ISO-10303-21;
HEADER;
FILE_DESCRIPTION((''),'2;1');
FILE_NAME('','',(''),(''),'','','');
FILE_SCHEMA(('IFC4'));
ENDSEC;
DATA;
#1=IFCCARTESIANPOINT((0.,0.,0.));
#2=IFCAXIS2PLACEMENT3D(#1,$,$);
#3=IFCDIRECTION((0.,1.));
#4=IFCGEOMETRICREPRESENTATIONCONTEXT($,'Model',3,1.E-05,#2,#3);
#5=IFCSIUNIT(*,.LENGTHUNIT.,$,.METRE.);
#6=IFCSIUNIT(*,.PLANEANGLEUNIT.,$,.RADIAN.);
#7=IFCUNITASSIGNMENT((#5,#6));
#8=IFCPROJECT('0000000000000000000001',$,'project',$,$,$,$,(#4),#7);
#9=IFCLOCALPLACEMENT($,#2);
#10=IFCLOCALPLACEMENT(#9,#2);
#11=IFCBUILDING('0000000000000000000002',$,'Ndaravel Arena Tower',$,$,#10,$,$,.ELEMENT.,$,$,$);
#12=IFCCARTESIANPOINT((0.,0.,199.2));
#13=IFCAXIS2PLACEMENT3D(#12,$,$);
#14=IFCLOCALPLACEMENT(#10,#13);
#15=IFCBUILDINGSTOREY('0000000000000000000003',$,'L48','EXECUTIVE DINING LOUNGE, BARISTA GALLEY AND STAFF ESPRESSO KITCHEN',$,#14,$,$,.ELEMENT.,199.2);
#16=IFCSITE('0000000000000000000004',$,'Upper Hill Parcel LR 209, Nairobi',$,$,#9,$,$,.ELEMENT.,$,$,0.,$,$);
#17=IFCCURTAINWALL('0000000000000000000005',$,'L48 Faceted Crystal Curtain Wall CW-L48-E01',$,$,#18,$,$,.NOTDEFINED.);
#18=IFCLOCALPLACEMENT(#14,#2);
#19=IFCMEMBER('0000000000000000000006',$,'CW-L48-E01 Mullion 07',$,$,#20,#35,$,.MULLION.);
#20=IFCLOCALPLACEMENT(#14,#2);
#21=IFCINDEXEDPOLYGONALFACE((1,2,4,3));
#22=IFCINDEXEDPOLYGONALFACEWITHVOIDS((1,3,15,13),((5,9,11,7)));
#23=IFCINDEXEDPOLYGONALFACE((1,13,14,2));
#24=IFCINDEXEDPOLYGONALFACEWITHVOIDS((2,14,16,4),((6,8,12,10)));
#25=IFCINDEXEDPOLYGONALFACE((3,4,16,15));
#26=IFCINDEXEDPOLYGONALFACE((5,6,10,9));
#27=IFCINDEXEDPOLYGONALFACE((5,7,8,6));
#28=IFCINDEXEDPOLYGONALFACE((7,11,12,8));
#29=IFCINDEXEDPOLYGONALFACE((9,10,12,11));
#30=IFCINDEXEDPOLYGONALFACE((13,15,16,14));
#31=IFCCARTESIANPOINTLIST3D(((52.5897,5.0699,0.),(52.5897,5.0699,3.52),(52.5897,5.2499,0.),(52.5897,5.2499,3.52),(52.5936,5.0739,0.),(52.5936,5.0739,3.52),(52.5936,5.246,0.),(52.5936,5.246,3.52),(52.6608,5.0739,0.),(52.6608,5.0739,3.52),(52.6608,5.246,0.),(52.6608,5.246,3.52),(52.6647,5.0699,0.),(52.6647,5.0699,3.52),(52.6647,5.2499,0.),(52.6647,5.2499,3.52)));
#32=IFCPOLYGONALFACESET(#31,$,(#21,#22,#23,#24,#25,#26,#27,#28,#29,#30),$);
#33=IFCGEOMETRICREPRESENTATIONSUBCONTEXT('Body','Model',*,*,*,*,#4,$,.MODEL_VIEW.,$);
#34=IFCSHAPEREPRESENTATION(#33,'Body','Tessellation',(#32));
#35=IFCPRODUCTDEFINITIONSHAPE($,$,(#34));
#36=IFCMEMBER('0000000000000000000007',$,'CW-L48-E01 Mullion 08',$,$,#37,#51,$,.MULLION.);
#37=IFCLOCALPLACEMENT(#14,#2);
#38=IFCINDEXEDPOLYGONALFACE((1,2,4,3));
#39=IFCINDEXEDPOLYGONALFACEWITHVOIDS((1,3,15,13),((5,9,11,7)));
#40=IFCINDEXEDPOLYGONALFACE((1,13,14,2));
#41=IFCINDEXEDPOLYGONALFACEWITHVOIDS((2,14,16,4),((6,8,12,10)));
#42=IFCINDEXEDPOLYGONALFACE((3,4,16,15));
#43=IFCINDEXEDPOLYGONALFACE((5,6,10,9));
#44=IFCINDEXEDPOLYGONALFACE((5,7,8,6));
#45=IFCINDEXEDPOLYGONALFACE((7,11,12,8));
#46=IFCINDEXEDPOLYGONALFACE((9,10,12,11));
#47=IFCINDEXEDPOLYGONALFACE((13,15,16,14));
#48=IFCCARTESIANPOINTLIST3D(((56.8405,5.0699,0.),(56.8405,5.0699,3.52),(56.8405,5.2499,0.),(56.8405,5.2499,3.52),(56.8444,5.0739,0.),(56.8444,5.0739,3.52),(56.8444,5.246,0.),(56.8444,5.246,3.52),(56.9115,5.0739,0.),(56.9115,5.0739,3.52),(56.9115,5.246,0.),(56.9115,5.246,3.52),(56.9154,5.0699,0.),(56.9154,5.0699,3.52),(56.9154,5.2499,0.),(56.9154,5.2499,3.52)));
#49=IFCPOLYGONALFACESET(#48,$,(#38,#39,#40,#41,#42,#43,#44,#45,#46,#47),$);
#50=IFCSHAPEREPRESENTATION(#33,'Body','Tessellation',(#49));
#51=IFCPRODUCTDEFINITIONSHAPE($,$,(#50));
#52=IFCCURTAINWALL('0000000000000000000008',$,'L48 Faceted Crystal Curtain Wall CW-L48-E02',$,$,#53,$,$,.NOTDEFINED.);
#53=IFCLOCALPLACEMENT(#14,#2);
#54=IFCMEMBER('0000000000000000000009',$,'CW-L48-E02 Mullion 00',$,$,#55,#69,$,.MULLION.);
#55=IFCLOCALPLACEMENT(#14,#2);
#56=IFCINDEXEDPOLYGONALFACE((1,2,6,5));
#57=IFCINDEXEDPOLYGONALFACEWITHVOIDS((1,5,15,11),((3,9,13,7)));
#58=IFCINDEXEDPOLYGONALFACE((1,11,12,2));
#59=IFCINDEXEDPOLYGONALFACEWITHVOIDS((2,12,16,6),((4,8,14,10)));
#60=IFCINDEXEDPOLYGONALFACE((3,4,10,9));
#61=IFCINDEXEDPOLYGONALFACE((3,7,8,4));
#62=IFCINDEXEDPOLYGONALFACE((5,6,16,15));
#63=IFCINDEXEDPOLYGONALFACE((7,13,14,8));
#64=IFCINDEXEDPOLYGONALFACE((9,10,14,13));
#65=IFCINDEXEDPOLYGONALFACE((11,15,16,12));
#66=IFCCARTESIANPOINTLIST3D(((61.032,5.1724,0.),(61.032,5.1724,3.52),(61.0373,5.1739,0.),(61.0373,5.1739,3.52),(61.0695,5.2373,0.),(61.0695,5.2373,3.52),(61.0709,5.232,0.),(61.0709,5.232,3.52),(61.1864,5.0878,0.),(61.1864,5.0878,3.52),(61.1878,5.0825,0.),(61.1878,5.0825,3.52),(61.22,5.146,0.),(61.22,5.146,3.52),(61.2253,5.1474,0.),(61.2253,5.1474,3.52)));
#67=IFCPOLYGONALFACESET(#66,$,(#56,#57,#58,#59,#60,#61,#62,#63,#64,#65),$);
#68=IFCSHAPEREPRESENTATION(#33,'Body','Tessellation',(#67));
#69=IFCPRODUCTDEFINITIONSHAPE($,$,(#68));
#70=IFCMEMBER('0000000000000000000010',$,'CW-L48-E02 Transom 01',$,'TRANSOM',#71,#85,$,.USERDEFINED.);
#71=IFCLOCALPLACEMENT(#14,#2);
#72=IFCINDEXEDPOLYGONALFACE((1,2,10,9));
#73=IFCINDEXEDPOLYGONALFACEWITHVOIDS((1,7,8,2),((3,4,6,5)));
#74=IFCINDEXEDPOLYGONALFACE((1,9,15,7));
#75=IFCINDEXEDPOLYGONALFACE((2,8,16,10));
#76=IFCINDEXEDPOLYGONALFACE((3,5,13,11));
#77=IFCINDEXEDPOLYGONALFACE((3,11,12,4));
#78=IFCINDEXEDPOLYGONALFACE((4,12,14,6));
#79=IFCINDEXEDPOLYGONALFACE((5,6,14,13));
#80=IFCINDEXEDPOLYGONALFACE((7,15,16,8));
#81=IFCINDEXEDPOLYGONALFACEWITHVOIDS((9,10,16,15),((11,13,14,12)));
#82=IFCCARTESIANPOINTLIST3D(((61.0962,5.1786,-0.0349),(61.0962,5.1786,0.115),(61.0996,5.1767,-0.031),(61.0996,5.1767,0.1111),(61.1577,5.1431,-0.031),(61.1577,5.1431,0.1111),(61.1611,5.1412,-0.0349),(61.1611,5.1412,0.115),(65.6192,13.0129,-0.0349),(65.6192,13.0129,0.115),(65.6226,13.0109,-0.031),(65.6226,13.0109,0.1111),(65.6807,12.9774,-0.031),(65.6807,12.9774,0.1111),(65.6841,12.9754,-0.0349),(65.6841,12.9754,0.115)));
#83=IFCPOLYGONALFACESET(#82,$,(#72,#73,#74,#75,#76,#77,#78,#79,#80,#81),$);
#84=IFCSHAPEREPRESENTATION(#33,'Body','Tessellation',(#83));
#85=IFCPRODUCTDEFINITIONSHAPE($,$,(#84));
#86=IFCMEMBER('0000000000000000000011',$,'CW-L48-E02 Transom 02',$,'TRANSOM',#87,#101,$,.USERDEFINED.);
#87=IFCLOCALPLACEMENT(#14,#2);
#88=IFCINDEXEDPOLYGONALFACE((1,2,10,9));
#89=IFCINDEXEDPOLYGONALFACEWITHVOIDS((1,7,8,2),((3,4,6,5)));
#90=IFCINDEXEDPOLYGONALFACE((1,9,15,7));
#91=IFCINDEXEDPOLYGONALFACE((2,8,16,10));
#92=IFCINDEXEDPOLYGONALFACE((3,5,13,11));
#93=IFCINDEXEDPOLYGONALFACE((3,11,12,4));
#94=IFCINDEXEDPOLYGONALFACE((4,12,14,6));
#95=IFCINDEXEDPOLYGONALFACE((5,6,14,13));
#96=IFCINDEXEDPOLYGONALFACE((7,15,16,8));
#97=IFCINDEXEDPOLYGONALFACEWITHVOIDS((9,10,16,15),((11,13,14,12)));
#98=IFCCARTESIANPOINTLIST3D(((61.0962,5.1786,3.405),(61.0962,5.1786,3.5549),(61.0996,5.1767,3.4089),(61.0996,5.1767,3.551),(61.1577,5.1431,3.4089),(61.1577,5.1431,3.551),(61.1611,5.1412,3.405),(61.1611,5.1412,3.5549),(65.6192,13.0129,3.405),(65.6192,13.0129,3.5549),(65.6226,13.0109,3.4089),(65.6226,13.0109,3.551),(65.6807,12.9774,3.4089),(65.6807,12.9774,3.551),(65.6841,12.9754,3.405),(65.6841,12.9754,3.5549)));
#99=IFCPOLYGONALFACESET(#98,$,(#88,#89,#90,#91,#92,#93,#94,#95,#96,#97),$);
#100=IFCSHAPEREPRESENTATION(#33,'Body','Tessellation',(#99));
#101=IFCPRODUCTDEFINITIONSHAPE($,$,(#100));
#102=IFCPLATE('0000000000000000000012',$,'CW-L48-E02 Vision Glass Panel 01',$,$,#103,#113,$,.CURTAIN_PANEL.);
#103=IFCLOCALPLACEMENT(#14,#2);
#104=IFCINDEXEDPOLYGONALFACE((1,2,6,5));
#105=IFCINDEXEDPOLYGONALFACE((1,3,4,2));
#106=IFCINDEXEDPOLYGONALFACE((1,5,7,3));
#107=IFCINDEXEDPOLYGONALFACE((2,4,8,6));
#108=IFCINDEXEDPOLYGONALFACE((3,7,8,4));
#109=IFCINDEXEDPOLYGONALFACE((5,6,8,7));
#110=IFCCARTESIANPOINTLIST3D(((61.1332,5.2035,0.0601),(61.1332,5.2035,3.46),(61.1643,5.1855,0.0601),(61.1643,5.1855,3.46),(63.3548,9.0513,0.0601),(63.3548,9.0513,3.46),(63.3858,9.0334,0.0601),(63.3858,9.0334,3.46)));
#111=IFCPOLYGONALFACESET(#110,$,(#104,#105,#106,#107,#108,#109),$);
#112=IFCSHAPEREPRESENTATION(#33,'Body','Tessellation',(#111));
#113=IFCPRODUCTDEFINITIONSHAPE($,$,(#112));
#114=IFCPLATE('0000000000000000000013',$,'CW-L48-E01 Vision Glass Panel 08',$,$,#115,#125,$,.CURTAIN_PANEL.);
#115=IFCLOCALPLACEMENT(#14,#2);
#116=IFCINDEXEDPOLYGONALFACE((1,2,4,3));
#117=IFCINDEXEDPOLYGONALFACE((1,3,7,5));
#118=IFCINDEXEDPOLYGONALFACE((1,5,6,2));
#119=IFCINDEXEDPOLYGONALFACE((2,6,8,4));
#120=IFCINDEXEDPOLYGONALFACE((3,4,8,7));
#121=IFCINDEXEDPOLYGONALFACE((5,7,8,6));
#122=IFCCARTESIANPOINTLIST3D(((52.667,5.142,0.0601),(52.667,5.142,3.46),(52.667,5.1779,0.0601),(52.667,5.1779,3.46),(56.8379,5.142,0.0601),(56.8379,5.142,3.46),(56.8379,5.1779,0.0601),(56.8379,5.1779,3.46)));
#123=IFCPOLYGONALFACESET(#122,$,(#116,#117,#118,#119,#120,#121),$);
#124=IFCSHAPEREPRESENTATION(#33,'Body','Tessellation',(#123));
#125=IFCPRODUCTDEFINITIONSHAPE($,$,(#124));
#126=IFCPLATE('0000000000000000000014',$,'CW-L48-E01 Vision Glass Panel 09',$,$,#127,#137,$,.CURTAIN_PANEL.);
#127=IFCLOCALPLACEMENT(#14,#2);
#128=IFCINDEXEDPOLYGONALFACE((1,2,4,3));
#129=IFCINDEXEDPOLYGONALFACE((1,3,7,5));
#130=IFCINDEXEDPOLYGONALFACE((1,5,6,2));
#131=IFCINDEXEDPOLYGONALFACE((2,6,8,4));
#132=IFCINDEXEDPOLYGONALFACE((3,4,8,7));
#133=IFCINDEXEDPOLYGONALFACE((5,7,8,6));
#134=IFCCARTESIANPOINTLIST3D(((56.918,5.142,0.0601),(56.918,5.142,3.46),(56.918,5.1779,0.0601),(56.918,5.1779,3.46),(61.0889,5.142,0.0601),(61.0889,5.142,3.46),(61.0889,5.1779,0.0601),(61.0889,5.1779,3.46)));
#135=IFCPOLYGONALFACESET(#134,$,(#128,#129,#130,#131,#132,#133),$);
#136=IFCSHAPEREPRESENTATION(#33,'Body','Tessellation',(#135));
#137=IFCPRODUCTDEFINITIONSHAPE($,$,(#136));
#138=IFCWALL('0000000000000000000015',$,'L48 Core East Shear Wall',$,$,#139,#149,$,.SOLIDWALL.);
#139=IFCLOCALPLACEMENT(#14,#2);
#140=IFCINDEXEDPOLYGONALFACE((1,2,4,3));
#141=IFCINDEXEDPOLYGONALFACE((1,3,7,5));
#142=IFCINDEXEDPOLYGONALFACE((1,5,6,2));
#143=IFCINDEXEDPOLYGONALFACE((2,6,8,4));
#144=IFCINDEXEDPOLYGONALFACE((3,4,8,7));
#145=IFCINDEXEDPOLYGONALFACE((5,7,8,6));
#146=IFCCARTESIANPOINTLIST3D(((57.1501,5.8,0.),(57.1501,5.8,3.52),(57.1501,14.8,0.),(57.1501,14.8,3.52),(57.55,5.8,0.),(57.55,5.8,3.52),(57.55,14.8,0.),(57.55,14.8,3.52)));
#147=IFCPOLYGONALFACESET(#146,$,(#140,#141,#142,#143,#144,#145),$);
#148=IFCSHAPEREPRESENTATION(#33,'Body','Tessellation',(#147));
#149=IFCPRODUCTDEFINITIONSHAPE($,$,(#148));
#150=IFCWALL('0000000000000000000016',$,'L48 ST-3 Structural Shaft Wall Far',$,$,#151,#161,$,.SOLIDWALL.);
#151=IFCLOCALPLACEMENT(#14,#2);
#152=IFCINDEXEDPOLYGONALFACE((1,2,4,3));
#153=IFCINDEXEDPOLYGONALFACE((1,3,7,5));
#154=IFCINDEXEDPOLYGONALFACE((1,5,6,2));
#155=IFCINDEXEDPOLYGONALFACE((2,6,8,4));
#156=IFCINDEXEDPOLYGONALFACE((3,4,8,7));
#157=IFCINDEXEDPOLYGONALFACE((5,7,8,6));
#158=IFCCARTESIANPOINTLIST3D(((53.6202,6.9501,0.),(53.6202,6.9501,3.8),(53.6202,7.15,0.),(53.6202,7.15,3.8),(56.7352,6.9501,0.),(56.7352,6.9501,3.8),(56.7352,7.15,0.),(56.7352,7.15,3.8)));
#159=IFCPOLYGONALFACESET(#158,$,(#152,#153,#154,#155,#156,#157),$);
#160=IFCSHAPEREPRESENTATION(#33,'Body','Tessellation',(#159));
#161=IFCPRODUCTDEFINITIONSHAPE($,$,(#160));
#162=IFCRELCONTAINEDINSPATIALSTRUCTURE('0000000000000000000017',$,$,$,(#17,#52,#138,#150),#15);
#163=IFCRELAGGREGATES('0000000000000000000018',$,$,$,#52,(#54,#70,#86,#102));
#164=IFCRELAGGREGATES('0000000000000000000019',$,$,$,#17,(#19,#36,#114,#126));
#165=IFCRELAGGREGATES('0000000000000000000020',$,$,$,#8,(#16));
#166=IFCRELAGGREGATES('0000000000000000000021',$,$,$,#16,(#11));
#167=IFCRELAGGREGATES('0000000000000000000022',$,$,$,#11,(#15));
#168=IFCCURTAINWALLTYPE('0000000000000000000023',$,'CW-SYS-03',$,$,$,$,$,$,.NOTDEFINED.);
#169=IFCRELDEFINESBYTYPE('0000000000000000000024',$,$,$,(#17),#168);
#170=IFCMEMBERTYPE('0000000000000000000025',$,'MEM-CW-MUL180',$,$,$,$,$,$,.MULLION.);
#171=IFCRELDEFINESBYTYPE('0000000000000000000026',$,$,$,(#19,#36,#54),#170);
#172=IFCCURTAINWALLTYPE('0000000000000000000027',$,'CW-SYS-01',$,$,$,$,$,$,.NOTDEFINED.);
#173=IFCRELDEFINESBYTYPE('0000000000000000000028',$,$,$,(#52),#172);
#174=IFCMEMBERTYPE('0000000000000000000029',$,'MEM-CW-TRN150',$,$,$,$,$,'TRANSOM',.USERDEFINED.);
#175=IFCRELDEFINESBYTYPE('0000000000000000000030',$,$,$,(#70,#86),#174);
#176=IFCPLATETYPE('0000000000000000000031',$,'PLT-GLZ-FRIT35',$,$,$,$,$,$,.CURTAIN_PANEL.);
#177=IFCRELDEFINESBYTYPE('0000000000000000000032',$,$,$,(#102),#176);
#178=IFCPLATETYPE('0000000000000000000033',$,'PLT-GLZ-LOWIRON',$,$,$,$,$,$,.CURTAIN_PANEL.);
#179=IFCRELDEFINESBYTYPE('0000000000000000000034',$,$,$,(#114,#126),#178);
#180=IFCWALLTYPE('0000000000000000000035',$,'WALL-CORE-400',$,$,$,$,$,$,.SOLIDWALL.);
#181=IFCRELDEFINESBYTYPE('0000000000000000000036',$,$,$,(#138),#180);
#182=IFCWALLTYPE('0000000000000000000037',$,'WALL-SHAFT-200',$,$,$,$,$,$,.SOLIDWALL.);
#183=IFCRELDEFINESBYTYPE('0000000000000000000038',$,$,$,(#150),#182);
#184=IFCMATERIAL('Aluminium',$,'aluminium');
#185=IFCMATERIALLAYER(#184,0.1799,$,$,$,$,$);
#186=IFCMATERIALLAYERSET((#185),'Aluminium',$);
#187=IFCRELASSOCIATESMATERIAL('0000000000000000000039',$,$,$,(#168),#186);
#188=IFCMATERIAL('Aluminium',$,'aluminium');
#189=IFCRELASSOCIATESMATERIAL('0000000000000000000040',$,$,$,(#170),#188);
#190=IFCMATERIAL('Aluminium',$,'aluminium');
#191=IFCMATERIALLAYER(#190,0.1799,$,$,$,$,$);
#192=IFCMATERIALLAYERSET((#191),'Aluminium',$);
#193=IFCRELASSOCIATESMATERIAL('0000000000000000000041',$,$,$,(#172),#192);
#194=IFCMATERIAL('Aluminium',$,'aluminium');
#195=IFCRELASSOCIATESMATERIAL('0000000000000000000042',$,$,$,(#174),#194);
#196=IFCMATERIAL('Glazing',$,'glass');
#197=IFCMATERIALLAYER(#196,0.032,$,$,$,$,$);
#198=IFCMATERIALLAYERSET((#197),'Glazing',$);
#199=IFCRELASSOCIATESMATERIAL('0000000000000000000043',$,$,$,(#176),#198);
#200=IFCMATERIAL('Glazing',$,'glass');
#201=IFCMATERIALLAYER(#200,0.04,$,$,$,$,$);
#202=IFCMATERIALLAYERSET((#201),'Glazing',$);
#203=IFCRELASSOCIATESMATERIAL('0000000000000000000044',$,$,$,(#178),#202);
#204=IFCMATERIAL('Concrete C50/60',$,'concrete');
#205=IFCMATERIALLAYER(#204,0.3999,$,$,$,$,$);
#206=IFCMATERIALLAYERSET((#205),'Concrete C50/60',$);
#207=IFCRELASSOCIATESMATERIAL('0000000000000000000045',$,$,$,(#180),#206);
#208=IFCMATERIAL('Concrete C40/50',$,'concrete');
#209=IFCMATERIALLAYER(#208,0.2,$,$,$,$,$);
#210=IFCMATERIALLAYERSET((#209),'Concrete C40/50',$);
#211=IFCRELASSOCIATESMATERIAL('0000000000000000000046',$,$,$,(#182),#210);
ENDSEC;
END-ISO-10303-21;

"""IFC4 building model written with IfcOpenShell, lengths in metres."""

from ifc_helpers import new_model, si_unit, direction, frame, frame_2d, origin, origin_2d, place, context, subcontext, project, spatial, rectangle, hollow_rectangle, extrude, material, layer, layer_set, material_profile, profile_set, type_object, element, aggregate, save


model = new_model("IFC4")

# Units and contexts
model_context = context("Model", 3, precision=1e-05, world=origin(), true_north=direction((0.0, 1.0)))
body_context = subcontext(model_context, "Body", "Model", "MODEL_VIEW")
ifc_project = project(units=[si_unit("LENGTHUNIT", "METRE"), si_unit("PLANEANGLEUNIT", "RADIAN")], contexts=[model_context])

# Site, building, storey
site_placement = place(None, origin())
site = spatial("IfcSite", under=ifc_project, at=site_placement, Name="Upper Hill Parcel LR 209, Nairobi", CompositionType="ELEMENT", RefElevation=0.0)
building_placement = place(site_placement, origin())
building = spatial("IfcBuilding", under=site, at=building_placement, Name="Ndaravel Arena Tower", CompositionType="ELEMENT")
storey_placement = place(building_placement, frame((0.0, 0.0, 199.2)))
storey = spatial("IfcBuildingStorey", under=building, at=storey_placement, Name="L48", Description="EXECUTIVE DINING LOUNGE, BARISTA GALLEY AND STAFF ESPRESSO KITCHEN", CompositionType="ELEMENT", Elevation=199.2)

# Curtain wall, members
ifc_material_1 = material(Name="Aluminium", Category="aluminium")
ifc_layer_1 = layer(ifc_material_1, 0.1799)
ifc_layer_set_1 = layer_set([ifc_layer_1], Name="Aluminium")
curtain_wall_type_1 = type_object("IfcCurtainWallType", Name="CW-SYS-03", PredefinedType="NOTDEFINED", material=ifc_layer_set_1)
curtain_wall_1_placement = place(storey_placement, origin())
curtain_wall_1 = element("IfcCurtainWall", 1, at=curtain_wall_1_placement, inside=storey, type_object=curtain_wall_type_1, Name="L48 Faceted Crystal Curtain Wall CW-L48-E01", PredefinedType="NOTDEFINED")
ifc_material_2 = material(Name="Aluminium", Category="aluminium")
ifc_material_profile_1 = material_profile(ifc_material_2, hollow_rectangle(XDim=0.075, YDim=0.1799, WallThickness=0.0039, at=origin_2d()), Name="CW MULLION 75x180x4")
ifc_profile_set_1 = profile_set([ifc_material_profile_1], Name="Aluminium")
member_type_1 = type_object("IfcMemberType", Name="MEM-CW-MUL180", PredefinedType="MULLION", material=ifc_profile_set_1)
member_1_placement = place(storey_placement, frame((52.6272, 5.1599, 0.0), z_axis=(0.0, 0.0, 1.0), x_axis=(1.0, 0.0, 0.0)))
member_1 = element("IfcMember", 2, at=member_1_placement, type_object=member_type_1, Name="CW-L48-E01 Mullion 07", PredefinedType="MULLION", context=body_context, shape_type="SweptSolid", body=[
    extrude(hollow_rectangle(XDim=0.075, YDim=0.1799, WallThickness=0.0039, at=origin_2d()), origin(), (0.0, 0.0, 1.0), 3.52),
])
member_2_placement = place(storey_placement, frame((56.8779, 5.1599, 0.0), z_axis=(0.0, 0.0, 1.0), x_axis=(1.0, 0.0, 0.0)))
member_2 = element("IfcMember", 3, at=member_2_placement, type_object=member_type_1, Name="CW-L48-E01 Mullion 08", PredefinedType="MULLION", context=body_context, shape_type="SweptSolid", body=[
    extrude(hollow_rectangle(XDim=0.075, YDim=0.1799, WallThickness=0.0039, at=origin_2d()), origin(), (0.0, 0.0, 1.0), 3.52),
])

# Curtain wall, members, plate
ifc_material_3 = material(Name="Aluminium", Category="aluminium")
ifc_layer_2 = layer(ifc_material_3, 0.1799)
ifc_layer_set_2 = layer_set([ifc_layer_2], Name="Aluminium")
curtain_wall_type_2 = type_object("IfcCurtainWallType", Name="CW-SYS-01", PredefinedType="NOTDEFINED", material=ifc_layer_set_2)
curtain_wall_2_placement = place(storey_placement, origin())
curtain_wall_2 = element("IfcCurtainWall", 4, at=curtain_wall_2_placement, inside=storey, type_object=curtain_wall_type_2, Name="L48 Faceted Crystal Curtain Wall CW-L48-E02", PredefinedType="NOTDEFINED")
member_3_placement = place(storey_placement, frame((61.1287, 5.1599, 0.0), z_axis=(0.0, 0.0, 1.0), x_axis=(0.5, 0.866025, 0.0)))
member_3 = element("IfcMember", 5, at=member_3_placement, type_object=member_type_1, Name="CW-L48-E02 Mullion 00", PredefinedType="MULLION", context=body_context, shape_type="SweptSolid", body=[
    extrude(hollow_rectangle(XDim=0.075, YDim=0.1799, WallThickness=0.0039, at=origin_2d()), origin(), (0.0, 0.0, 1.0), 3.52),
])
ifc_material_4 = material(Name="Aluminium", Category="aluminium")
ifc_material_profile_2 = material_profile(ifc_material_4, hollow_rectangle(XDim=0.075, YDim=0.1499, WallThickness=0.0039, at=origin_2d()), Name="CW TRANSOM 75x150x4")
ifc_profile_set_2 = profile_set([ifc_material_profile_2], Name="Aluminium")
member_type_2 = type_object("IfcMemberType", Name="MEM-CW-TRN150", ElementType="TRANSOM", PredefinedType="USERDEFINED", material=ifc_profile_set_2)
member_4_placement = place(storey_placement, frame((61.1287, 5.1599, 0.04), z_axis=(0.499988, 0.866032, 0.0), x_axis=(-0.866032, 0.499988, 0.0)))
member_4 = element("IfcMember", 6, at=member_4_placement, type_object=member_type_2, Name="CW-L48-E02 Transom 01", ObjectType="TRANSOM", PredefinedType="USERDEFINED", context=body_context, shape_type="SweptSolid", body=[
    extrude(hollow_rectangle(XDim=0.075, YDim=0.1499, WallThickness=0.0039, at=origin_2d()), origin(), (0.0, 0.0, 1.0), 9.0461),
])
member_5_placement = place(storey_placement, frame((61.1287, 5.1599, 3.48), z_axis=(0.499988, 0.866032, 0.0), x_axis=(-0.866032, 0.499988, 0.0)))
member_5 = element("IfcMember", 7, at=member_5_placement, type_object=member_type_2, Name="CW-L48-E02 Transom 02", ObjectType="TRANSOM", PredefinedType="USERDEFINED", context=body_context, shape_type="SweptSolid", body=[
    extrude(hollow_rectangle(XDim=0.075, YDim=0.1499, WallThickness=0.0039, at=origin_2d()), origin(), (0.0, 0.0, 1.0), 9.0461),
])
ifc_material_5 = material(Name="Glazing", Category="glass")
ifc_layer_3 = layer(ifc_material_5, 0.032)
ifc_layer_set_3 = layer_set([ifc_layer_3], Name="Glazing")
plate_type_1 = type_object("IfcPlateType", Name="PLT-GLZ-FRIT35", PredefinedType="CURTAIN_PANEL", material=ifc_layer_set_3)
plate_1_placement = place(storey_placement, frame((62.2595, 7.1184, 0.0601), z_axis=(0.0, 0.0, 1.0), x_axis=(0.5, 0.866025, 0.0)))
plate_1 = element("IfcPlate", 8, at=plate_1_placement, type_object=plate_type_1, Name="CW-L48-E02 Vision Glass Panel 01", PredefinedType="CURTAIN_PANEL", context=body_context, shape_type="SweptSolid", body=[
    extrude(rectangle(XDim=4.4431, YDim=0.0359, at=origin_2d()), origin(), (0.0, 0.0, 1.0), 3.3999),
])
aggregate(curtain_wall_2, [member_3, member_4, member_5, plate_1])

# Plates
ifc_material_6 = material(Name="Glazing", Category="glass")
ifc_layer_4 = layer(ifc_material_6, 0.04)
ifc_layer_set_4 = layer_set([ifc_layer_4], Name="Glazing")
plate_type_2 = type_object("IfcPlateType", Name="PLT-GLZ-LOWIRON", PredefinedType="CURTAIN_PANEL", material=ifc_layer_set_4)
plate_2_placement = place(storey_placement, frame((54.7524, 5.1599, 0.0601), z_axis=(0.0, 0.0, 1.0), x_axis=(1.0, 0.0, 0.0)))
plate_2 = element("IfcPlate", 9, at=plate_2_placement, type_object=plate_type_2, Name="CW-L48-E01 Vision Glass Panel 08", PredefinedType="CURTAIN_PANEL", context=body_context, shape_type="SweptSolid", body=[
    extrude(rectangle(XDim=4.1709, YDim=0.0359, at=origin_2d()), origin(), (0.0, 0.0, 1.0), 3.3999),
])
plate_3_placement = place(storey_placement, frame((59.0034, 5.1599, 0.0601), z_axis=(0.0, 0.0, 1.0), x_axis=(1.0, 0.0, 0.0)))
plate_3 = element("IfcPlate", 10, at=plate_3_placement, type_object=plate_type_2, Name="CW-L48-E01 Vision Glass Panel 09", PredefinedType="CURTAIN_PANEL", context=body_context, shape_type="SweptSolid", body=[
    extrude(rectangle(XDim=4.1709, YDim=0.0359, at=origin_2d()), origin(), (0.0, 0.0, 1.0), 3.3999),
])
aggregate(curtain_wall_1, [member_1, member_2, plate_2, plate_3])

# Walls
ifc_material_7 = material(Name="Concrete C50/60", Category="concrete")
ifc_layer_5 = layer(ifc_material_7, 0.3999)
ifc_layer_set_5 = layer_set([ifc_layer_5], Name="Concrete C50/60")
wall_type_1 = type_object("IfcWallType", Name="WALL-CORE-400", PredefinedType="SOLIDWALL", material=ifc_layer_set_5)
wall_1_placement = place(storey_placement, frame((57.3501, 5.8, 0.0), z_axis=(0.0, 0.0, 1.0), x_axis=(0.0, 1.0, 0.0)))
element("IfcWall", 11, at=wall_1_placement, inside=storey, type_object=wall_type_1, Name="L48 Core East Shear Wall", PredefinedType="SOLIDWALL", context=body_context, shape_type="SweptSolid", body=[
    extrude(rectangle(XDim=9.0, YDim=0.3999, at=frame_2d((4.5, 0.0))), origin(), (0.0, 0.0, 1.0), 3.52),
])
ifc_material_8 = material(Name="Concrete C40/50", Category="concrete")
ifc_layer_6 = layer(ifc_material_8, 0.2)
ifc_layer_set_6 = layer_set([ifc_layer_6], Name="Concrete C40/50")
wall_type_2 = type_object("IfcWallType", Name="WALL-SHAFT-200", PredefinedType="SOLIDWALL", material=ifc_layer_set_6)
wall_2_placement = place(storey_placement, frame((53.6201, 7.05, 0.0), z_axis=(0.0, 0.0, 1.0), x_axis=(1.0, 0.0, 0.0)))
element("IfcWall", 12, at=wall_2_placement, inside=storey, type_object=wall_type_2, Name="L48 ST-3 Structural Shaft Wall Far", PredefinedType="SOLIDWALL", context=body_context, shape_type="SweptSolid", body=[
    extrude(rectangle(XDim=3.115, YDim=0.2, at=frame_2d((1.5576, 0.0))), origin(), (0.0, 0.0, 1.0), 3.8),
])

save(model, "model.ifc")
